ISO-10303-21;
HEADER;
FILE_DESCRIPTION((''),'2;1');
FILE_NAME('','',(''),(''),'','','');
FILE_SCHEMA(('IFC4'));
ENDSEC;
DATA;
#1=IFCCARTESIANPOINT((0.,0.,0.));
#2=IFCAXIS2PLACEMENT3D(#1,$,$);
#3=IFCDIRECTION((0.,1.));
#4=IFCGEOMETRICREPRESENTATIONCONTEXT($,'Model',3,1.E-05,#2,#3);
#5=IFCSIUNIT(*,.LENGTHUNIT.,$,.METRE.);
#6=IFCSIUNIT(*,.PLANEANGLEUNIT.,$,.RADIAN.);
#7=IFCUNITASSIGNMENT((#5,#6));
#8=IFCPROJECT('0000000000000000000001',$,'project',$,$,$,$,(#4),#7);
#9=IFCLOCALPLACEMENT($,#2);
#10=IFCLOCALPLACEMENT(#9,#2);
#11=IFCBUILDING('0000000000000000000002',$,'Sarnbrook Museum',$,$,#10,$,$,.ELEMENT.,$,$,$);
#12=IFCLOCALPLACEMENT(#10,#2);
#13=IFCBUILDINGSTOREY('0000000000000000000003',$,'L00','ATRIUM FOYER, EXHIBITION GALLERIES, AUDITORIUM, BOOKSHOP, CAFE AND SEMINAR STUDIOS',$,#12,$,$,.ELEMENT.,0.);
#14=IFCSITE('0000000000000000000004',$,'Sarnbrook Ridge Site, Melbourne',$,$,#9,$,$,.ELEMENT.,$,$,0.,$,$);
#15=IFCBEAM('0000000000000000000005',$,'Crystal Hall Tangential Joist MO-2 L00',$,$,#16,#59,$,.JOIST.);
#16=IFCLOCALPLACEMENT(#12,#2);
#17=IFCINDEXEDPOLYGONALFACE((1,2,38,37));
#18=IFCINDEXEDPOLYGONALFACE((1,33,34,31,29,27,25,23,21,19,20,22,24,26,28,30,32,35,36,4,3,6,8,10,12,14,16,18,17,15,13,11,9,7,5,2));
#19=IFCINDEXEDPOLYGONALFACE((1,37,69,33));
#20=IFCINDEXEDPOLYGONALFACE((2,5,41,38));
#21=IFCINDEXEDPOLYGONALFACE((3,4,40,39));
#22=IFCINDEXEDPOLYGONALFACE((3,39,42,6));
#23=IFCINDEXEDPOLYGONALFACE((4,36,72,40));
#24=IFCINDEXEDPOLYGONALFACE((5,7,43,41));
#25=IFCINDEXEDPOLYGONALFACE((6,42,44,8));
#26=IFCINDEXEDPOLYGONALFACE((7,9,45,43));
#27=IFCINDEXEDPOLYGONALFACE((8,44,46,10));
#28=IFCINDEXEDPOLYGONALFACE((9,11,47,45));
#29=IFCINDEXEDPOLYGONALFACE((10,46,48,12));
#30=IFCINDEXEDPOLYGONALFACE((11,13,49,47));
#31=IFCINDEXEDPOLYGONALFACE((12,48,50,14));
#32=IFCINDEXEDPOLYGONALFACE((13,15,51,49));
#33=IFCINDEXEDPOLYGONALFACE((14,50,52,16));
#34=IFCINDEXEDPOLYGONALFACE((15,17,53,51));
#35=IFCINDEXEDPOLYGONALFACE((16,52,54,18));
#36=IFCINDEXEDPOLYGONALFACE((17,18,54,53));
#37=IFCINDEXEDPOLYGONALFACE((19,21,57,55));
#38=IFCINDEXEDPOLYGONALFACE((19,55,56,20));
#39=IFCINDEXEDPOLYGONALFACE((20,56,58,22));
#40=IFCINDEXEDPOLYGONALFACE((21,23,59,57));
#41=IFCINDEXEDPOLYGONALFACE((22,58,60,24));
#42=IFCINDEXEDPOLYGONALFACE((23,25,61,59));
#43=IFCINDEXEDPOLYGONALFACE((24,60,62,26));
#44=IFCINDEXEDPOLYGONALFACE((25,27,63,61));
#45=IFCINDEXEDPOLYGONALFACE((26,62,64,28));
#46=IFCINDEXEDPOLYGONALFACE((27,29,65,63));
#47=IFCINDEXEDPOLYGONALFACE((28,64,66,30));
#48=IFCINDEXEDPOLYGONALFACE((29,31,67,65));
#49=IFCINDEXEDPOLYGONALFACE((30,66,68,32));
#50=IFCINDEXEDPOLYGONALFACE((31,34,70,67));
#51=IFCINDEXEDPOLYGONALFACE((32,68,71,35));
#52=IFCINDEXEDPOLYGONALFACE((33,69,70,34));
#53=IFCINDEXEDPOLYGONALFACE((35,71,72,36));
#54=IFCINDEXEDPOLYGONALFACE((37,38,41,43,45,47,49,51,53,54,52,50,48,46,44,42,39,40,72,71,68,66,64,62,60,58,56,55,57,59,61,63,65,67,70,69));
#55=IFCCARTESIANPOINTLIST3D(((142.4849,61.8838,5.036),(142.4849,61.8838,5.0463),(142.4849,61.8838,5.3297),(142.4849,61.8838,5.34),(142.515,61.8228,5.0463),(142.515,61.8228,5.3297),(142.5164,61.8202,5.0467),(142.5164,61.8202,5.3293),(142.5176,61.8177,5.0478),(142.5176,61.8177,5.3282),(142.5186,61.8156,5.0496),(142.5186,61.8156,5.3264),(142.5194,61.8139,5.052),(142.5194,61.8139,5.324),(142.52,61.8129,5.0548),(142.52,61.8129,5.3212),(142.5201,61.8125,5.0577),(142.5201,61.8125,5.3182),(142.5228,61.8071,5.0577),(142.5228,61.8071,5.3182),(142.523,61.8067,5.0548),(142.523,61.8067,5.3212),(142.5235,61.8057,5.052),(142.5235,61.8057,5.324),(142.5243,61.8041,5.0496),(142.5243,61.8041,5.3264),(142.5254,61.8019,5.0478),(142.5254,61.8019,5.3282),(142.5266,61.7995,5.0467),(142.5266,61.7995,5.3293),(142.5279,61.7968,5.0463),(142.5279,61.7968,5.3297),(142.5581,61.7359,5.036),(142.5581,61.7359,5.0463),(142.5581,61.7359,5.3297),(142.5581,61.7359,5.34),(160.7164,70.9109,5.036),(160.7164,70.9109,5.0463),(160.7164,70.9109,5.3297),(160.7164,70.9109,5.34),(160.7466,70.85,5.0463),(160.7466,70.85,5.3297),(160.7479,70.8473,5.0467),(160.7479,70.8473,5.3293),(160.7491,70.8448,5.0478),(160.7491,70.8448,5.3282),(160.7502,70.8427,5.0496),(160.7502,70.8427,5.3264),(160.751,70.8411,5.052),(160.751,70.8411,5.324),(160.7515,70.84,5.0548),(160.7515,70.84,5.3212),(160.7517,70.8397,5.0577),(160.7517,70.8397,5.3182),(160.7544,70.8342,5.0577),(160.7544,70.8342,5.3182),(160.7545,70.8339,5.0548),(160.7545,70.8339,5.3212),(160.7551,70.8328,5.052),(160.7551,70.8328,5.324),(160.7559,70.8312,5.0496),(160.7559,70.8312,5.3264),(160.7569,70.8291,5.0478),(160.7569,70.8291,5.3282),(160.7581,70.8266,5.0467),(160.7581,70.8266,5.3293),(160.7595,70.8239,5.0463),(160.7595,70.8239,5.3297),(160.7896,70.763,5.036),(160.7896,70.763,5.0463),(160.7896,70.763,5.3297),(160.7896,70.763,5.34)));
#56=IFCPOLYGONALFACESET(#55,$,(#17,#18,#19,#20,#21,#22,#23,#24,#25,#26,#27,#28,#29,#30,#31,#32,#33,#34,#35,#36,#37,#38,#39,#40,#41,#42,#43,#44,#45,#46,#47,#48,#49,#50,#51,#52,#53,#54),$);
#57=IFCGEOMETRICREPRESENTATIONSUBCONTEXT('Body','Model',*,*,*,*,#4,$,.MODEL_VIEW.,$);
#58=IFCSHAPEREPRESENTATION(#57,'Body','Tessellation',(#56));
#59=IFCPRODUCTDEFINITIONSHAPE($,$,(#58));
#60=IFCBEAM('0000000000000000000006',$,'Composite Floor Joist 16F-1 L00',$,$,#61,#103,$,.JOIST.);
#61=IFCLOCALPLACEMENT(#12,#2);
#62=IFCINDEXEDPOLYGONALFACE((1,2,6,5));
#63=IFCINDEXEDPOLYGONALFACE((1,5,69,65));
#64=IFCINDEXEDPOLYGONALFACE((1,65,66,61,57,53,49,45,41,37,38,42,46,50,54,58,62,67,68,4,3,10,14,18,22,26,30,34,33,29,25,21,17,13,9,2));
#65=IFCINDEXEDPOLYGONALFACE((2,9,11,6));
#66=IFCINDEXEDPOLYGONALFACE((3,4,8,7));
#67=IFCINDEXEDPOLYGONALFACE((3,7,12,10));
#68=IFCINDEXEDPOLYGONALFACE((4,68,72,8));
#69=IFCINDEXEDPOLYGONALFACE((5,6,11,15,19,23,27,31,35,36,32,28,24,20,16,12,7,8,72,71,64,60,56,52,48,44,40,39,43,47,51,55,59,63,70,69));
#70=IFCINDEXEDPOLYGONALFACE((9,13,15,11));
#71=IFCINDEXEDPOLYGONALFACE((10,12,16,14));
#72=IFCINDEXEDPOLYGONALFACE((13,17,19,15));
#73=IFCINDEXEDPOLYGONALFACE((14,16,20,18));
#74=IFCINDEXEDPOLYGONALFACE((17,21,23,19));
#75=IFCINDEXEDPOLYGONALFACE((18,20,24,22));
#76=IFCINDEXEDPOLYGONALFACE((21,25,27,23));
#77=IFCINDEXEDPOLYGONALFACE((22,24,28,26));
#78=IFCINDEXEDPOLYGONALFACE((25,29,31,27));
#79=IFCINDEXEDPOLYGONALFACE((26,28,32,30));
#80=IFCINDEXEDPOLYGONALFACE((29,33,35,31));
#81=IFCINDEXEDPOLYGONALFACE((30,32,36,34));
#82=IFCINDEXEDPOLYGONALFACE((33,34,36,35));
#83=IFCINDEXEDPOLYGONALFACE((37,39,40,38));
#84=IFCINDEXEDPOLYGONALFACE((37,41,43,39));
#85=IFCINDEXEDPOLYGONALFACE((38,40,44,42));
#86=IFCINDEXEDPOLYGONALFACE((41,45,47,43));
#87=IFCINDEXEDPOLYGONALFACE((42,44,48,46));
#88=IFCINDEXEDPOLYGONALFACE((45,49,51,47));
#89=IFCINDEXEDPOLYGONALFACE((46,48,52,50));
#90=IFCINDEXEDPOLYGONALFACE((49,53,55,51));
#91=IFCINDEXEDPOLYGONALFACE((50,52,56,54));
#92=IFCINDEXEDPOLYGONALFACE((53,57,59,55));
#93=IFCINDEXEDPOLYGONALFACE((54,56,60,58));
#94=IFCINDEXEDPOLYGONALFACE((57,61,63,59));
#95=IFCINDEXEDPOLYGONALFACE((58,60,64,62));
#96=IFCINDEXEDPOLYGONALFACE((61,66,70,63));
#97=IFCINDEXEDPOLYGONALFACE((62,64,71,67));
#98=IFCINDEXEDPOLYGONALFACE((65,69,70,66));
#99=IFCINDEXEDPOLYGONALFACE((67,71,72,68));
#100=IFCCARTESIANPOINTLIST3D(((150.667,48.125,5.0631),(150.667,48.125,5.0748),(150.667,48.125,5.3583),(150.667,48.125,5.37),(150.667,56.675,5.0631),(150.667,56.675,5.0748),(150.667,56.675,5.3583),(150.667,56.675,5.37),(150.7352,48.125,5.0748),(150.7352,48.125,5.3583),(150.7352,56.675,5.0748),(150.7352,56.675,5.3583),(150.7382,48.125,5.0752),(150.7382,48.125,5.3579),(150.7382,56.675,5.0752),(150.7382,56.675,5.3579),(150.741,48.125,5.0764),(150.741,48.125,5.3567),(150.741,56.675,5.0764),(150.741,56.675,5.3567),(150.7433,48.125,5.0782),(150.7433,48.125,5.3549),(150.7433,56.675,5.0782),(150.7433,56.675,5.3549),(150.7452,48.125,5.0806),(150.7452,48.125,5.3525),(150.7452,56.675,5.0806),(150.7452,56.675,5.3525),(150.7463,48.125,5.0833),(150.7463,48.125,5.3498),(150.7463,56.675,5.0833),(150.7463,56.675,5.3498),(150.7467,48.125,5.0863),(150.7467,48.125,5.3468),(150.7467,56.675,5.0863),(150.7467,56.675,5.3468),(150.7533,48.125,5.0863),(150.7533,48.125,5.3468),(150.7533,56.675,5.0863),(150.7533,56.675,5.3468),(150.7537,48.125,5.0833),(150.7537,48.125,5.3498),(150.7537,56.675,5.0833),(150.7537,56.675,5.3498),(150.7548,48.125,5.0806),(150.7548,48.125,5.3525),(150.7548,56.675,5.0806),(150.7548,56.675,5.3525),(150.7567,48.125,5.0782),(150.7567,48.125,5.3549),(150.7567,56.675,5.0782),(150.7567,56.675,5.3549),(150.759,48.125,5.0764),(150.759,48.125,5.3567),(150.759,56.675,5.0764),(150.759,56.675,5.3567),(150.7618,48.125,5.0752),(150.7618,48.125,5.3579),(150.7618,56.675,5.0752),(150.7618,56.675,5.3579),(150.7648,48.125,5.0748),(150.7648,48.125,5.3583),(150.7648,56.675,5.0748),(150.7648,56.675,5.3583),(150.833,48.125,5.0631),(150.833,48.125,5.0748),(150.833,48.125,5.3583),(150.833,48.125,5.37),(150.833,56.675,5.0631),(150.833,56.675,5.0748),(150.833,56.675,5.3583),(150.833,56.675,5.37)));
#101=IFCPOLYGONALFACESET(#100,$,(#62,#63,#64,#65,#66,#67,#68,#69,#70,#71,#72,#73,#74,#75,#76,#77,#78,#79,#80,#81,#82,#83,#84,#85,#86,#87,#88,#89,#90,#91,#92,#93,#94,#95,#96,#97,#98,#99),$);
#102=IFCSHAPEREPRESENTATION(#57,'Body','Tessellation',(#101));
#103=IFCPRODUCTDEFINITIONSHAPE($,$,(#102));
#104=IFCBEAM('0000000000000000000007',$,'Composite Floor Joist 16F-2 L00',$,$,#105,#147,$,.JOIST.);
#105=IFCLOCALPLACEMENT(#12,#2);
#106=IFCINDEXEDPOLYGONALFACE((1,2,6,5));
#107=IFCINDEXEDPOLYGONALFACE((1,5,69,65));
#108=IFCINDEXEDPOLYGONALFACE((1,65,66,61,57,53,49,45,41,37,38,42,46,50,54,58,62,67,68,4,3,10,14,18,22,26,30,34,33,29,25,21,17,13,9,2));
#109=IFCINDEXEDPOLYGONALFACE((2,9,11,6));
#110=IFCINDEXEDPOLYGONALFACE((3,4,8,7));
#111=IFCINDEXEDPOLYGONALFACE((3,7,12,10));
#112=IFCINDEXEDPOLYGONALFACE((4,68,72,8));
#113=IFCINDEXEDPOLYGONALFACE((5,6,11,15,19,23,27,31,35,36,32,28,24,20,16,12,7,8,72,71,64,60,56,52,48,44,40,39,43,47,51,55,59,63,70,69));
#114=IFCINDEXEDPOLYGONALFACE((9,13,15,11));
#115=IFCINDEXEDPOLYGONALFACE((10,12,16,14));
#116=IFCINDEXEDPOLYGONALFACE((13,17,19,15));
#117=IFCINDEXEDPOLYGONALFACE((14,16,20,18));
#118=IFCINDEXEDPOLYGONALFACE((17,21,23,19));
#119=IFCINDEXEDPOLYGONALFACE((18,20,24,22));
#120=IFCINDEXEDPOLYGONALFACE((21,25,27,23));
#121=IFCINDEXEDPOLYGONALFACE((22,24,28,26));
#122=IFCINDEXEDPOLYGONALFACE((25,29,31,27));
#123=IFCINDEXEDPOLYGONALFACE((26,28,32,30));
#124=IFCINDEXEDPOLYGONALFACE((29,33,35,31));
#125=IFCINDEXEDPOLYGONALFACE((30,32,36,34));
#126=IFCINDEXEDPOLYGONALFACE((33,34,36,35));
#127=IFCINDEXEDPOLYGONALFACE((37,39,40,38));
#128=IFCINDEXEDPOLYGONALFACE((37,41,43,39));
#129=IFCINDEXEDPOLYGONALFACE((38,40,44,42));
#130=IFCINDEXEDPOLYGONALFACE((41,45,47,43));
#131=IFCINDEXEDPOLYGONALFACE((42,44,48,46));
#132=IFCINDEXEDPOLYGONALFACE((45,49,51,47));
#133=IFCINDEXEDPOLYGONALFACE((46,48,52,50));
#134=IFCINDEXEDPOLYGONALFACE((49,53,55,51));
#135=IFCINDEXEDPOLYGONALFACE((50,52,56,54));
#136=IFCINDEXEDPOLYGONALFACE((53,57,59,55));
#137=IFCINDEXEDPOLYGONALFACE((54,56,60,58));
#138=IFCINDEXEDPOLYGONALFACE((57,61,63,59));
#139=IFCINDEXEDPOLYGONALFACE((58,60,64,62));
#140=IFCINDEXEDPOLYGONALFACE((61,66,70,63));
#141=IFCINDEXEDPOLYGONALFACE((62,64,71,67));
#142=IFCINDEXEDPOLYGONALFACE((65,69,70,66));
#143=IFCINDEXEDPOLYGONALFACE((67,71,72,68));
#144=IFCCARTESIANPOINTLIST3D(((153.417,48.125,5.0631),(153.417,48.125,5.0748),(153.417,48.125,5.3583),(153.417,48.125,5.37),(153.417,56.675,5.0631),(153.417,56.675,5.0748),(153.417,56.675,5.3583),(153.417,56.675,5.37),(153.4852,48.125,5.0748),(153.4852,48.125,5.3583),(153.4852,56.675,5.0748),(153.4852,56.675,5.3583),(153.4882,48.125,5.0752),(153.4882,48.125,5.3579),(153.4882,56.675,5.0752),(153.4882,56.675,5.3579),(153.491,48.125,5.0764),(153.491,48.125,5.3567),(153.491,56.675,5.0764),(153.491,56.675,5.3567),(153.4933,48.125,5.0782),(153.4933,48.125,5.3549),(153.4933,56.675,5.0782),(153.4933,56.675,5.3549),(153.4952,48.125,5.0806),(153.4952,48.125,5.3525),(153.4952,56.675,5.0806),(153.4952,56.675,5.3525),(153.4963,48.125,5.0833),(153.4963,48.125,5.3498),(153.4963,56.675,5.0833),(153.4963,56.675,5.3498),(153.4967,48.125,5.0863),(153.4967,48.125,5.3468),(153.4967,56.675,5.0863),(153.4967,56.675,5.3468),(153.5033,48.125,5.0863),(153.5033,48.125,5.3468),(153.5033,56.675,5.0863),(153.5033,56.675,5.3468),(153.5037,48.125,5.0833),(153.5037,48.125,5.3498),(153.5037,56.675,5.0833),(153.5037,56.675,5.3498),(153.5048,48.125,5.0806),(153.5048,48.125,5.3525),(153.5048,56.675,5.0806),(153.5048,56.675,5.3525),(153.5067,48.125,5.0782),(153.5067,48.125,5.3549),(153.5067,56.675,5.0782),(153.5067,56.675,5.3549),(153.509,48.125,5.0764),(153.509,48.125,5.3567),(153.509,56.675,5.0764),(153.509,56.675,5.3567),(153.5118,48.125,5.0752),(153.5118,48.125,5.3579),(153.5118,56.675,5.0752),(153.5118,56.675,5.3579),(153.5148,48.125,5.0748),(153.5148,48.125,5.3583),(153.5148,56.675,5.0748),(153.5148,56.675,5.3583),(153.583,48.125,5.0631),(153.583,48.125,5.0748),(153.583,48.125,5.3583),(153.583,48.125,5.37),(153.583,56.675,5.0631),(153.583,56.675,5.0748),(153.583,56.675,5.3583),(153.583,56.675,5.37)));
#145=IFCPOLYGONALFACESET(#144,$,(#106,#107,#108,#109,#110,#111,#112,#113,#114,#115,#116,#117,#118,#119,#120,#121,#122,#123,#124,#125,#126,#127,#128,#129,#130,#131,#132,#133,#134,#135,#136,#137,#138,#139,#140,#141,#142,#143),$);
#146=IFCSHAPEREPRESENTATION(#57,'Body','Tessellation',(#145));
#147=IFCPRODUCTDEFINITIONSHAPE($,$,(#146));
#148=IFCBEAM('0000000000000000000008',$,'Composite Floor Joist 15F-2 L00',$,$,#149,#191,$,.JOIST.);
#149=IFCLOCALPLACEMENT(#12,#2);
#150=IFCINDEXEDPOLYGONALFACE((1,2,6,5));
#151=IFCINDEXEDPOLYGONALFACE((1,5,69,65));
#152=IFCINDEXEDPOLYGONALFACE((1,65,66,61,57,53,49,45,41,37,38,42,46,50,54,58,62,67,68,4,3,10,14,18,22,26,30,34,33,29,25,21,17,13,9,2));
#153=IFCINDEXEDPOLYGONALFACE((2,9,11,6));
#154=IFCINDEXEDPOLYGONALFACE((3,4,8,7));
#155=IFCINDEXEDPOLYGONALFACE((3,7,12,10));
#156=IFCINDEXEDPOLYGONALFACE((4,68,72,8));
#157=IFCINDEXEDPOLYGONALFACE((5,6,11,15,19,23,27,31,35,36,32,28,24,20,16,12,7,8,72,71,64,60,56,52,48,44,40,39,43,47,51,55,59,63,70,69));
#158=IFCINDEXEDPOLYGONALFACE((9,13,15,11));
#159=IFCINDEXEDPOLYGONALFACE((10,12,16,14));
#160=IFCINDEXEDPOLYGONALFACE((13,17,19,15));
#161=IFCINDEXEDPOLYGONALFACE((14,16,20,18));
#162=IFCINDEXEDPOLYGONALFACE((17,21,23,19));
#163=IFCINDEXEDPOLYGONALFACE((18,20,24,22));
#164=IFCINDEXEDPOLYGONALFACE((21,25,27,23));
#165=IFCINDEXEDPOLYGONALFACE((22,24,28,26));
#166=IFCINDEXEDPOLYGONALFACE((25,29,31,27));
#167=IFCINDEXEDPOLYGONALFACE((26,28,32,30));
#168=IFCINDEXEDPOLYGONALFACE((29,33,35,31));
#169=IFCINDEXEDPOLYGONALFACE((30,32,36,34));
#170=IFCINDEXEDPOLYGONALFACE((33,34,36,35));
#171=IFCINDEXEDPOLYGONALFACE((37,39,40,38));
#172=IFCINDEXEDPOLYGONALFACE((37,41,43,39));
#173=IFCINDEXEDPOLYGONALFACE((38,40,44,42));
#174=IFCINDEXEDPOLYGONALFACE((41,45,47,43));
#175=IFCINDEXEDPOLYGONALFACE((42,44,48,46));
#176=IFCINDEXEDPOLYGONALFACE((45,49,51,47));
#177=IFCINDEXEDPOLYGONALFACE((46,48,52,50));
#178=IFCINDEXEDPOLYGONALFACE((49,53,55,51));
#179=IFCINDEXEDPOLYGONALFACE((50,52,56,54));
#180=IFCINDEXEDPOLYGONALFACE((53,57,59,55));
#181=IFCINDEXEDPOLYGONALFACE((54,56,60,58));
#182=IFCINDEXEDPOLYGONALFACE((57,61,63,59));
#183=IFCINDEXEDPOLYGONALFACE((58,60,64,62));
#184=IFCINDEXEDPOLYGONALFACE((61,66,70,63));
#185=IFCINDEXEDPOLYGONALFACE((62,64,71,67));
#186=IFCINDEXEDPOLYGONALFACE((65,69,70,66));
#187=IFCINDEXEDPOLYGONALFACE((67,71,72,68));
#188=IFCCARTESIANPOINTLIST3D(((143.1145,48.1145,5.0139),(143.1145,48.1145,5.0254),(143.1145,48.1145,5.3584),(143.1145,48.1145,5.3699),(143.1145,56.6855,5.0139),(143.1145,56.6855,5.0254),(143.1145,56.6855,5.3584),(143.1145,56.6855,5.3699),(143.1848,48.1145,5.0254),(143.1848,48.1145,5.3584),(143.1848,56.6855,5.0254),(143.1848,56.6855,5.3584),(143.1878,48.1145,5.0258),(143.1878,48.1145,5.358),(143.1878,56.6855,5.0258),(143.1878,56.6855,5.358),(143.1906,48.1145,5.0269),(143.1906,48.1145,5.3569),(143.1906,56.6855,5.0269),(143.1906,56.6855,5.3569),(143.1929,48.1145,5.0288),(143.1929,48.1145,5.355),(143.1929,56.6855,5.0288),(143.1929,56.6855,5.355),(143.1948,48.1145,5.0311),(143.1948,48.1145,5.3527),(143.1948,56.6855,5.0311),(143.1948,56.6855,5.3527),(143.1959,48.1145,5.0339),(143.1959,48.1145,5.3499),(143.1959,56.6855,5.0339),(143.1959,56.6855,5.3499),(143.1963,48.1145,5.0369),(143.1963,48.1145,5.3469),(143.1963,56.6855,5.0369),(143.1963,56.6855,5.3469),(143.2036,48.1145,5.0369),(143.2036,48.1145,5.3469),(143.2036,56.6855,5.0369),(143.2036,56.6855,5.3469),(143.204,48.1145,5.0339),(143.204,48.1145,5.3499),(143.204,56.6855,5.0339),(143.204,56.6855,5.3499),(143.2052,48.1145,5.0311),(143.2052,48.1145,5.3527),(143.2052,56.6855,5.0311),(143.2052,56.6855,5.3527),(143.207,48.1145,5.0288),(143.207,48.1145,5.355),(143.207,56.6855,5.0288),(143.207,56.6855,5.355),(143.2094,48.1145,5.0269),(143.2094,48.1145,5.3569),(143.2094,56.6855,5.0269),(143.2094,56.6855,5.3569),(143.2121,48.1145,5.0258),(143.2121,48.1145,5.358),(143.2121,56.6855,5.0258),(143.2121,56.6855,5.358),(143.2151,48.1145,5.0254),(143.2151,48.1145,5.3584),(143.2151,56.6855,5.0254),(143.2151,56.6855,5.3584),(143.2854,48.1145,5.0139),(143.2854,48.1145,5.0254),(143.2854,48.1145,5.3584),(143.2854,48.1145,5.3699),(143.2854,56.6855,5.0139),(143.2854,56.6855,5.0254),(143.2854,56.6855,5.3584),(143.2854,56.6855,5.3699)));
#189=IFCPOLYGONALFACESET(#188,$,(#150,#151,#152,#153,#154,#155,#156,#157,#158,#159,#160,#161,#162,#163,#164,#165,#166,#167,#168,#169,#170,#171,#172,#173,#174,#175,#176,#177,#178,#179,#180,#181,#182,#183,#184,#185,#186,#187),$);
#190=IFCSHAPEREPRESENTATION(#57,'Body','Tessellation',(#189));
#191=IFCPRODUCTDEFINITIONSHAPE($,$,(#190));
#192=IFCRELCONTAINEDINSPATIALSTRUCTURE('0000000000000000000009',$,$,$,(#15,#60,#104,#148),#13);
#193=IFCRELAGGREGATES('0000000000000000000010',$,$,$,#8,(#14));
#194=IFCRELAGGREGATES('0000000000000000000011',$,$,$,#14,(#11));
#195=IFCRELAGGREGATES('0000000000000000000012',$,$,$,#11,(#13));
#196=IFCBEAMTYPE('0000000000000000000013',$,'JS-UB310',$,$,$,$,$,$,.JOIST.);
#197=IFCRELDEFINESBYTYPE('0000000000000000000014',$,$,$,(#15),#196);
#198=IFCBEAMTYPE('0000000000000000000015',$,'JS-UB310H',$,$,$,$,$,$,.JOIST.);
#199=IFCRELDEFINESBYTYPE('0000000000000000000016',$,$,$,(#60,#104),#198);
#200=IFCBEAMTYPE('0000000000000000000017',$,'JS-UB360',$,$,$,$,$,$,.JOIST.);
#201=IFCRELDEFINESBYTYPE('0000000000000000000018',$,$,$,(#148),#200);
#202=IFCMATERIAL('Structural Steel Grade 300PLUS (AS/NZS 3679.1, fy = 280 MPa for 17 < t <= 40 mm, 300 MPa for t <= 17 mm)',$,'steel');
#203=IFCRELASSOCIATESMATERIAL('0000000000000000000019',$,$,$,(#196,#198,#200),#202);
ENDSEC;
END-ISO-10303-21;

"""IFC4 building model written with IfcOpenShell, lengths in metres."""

from ifc_helpers import new_model, si_unit, direction, frame, origin, origin_2d, place, context, subcontext, project, spatial, i_section, extrude, material, material_profile, profile_set, type_object, element, save


model = new_model("IFC4")

# Units and contexts
model_context = context("Model", 3, precision=1e-05, world=origin(), true_north=direction((0.0, 1.0)))
body_context = subcontext(model_context, "Body", "Model", "MODEL_VIEW")
ifc_project = project(units=[si_unit("LENGTHUNIT", "METRE"), si_unit("PLANEANGLEUNIT", "RADIAN")], contexts=[model_context])

# Site, building, storey
site_placement = place(None, origin())
site = spatial("IfcSite", under=ifc_project, at=site_placement, Name="Sarnbrook Ridge Site, Melbourne", CompositionType="ELEMENT", RefElevation=0.0)
building_placement = place(site_placement, origin())
building = spatial("IfcBuilding", under=site, at=building_placement, Name="Sarnbrook Museum", CompositionType="ELEMENT")
storey_placement = place(building_placement, origin())
storey = spatial("IfcBuildingStorey", under=building, at=storey_placement, Name="L00", Description="ATRIUM FOYER, EXHIBITION GALLERIES, AUDITORIUM, BOOKSHOP, CAFE AND SEMINAR STUDIOS", CompositionType="ELEMENT", Elevation=0.0)

# Shared definitions
ifc_material_1 = material(Name="Structural Steel Grade 300PLUS (AS/NZS 3679.1, fy = 280 MPa for 17 < t <= 40 mm, 300 MPa for t <= 17 mm)", Category="steel")

# Beams
ifc_material_profile_1 = material_profile(ifc_material_1, i_section(OverallWidth=0.165, OverallDepth=0.304, WebThickness=0.0061, FlangeThickness=0.0103, FilletRadius=0.0115, at=origin_2d()), Name="310UB40.4")
ifc_profile_set_1 = profile_set([ifc_material_profile_1], Name="Structural Steel Grade 300PLUS (AS/NZS 3679.1, fy = 280 MPa for 17 < t <= 40 mm, 300 MPa for t <= 17 mm)")
beam_type_1 = type_object("IfcBeamType", Name="JS-UB310", PredefinedType="JOIST", material=ifc_profile_set_1)
beam_1_placement = place(storey_placement, frame((142.5215, 61.8098, 5.188), z_axis=(0.896163, 0.443725, 0.0), x_axis=(-0.443725, 0.896163, 0.0)))
element("IfcBeam", 1, at=beam_1_placement, inside=storey, type_object=beam_type_1, Name="Crystal Hall Tangential Joist MO-2 L00", PredefinedType="JOIST", context=body_context, shape_type="SweptSolid", body=[
    extrude(i_section(OverallWidth=0.165, OverallDepth=0.304, WebThickness=0.0061, FlangeThickness=0.0103, FilletRadius=0.0115, at=origin_2d()), origin(), (0.0, 0.0, 1.0), 20.344),
])
ifc_material_profile_2 = material_profile(ifc_material_1, i_section(OverallWidth=0.166, OverallDepth=0.3069, WebThickness=0.0066, FlangeThickness=0.0117, FilletRadius=0.0115, at=origin_2d()), Name="310UB46.2")
ifc_profile_set_2 = profile_set([ifc_material_profile_2], Name="Structural Steel Grade 300PLUS (AS/NZS 3679.1, fy = 280 MPa for 17 < t <= 40 mm, 300 MPa for t <= 17 mm)")
beam_type_2 = type_object("IfcBeamType", Name="JS-UB310H", PredefinedType="JOIST", material=ifc_profile_set_2)
for number, where, z_axis, x_axis, name in (
    (2, (150.75, 48.125, 5.2166), (0.0, 1.0, 0.0), (-1.0, 0.0, 0.0), "Composite Floor Joist 16F-1 L00"),
    (3, (153.5, 48.125, 5.2166), (0.0, 1.0, 0.0), (-1.0, 0.0, 0.0), "Composite Floor Joist 16F-2 L00"),
):
    element("IfcBeam", number, at=place(storey_placement, frame(where, z_axis=z_axis, x_axis=x_axis)), inside=storey, type_object=beam_type_2, Name=name, PredefinedType="JOIST", context=body_context, shape_type="SweptSolid", body=[
        extrude(i_section(OverallWidth=0.166, OverallDepth=0.3069, WebThickness=0.0066, FlangeThickness=0.0117, FilletRadius=0.0115, at=origin_2d()), origin(), (0.0, 0.0, 1.0), 8.55),
    ])
ifc_material_profile_3 = material_profile(ifc_material_1, i_section(OverallWidth=0.1709, OverallDepth=0.356, WebThickness=0.0073, FlangeThickness=0.0115, FilletRadius=0.0115, at=origin_2d()), Name="360UB50.7")
ifc_profile_set_3 = profile_set([ifc_material_profile_3], Name="Structural Steel Grade 300PLUS (AS/NZS 3679.1, fy = 280 MPa for 17 < t <= 40 mm, 300 MPa for t <= 17 mm)")
beam_type_3 = type_object("IfcBeamType", Name="JS-UB360", PredefinedType="JOIST", material=ifc_profile_set_3)
for number, where, z_axis, x_axis, name in (
    (4, (143.2, 48.1145, 5.1919), (0.0, 1.0, 0.0), (-1.0, 0.0, 0.0), "Composite Floor Joist 15F-2 L00"),
):
    element("IfcBeam", number, at=place(storey_placement, frame(where, z_axis=z_axis, x_axis=x_axis)), inside=storey, type_object=beam_type_3, Name=name, PredefinedType="JOIST", context=body_context, shape_type="SweptSolid", body=[
        extrude(i_section(OverallWidth=0.1709, OverallDepth=0.356, WebThickness=0.0073, FlangeThickness=0.0115, FilletRadius=0.0115, at=origin_2d()), origin(), (0.0, 0.0, 1.0), 8.571),
    ])

save(model, "model.ifc")
